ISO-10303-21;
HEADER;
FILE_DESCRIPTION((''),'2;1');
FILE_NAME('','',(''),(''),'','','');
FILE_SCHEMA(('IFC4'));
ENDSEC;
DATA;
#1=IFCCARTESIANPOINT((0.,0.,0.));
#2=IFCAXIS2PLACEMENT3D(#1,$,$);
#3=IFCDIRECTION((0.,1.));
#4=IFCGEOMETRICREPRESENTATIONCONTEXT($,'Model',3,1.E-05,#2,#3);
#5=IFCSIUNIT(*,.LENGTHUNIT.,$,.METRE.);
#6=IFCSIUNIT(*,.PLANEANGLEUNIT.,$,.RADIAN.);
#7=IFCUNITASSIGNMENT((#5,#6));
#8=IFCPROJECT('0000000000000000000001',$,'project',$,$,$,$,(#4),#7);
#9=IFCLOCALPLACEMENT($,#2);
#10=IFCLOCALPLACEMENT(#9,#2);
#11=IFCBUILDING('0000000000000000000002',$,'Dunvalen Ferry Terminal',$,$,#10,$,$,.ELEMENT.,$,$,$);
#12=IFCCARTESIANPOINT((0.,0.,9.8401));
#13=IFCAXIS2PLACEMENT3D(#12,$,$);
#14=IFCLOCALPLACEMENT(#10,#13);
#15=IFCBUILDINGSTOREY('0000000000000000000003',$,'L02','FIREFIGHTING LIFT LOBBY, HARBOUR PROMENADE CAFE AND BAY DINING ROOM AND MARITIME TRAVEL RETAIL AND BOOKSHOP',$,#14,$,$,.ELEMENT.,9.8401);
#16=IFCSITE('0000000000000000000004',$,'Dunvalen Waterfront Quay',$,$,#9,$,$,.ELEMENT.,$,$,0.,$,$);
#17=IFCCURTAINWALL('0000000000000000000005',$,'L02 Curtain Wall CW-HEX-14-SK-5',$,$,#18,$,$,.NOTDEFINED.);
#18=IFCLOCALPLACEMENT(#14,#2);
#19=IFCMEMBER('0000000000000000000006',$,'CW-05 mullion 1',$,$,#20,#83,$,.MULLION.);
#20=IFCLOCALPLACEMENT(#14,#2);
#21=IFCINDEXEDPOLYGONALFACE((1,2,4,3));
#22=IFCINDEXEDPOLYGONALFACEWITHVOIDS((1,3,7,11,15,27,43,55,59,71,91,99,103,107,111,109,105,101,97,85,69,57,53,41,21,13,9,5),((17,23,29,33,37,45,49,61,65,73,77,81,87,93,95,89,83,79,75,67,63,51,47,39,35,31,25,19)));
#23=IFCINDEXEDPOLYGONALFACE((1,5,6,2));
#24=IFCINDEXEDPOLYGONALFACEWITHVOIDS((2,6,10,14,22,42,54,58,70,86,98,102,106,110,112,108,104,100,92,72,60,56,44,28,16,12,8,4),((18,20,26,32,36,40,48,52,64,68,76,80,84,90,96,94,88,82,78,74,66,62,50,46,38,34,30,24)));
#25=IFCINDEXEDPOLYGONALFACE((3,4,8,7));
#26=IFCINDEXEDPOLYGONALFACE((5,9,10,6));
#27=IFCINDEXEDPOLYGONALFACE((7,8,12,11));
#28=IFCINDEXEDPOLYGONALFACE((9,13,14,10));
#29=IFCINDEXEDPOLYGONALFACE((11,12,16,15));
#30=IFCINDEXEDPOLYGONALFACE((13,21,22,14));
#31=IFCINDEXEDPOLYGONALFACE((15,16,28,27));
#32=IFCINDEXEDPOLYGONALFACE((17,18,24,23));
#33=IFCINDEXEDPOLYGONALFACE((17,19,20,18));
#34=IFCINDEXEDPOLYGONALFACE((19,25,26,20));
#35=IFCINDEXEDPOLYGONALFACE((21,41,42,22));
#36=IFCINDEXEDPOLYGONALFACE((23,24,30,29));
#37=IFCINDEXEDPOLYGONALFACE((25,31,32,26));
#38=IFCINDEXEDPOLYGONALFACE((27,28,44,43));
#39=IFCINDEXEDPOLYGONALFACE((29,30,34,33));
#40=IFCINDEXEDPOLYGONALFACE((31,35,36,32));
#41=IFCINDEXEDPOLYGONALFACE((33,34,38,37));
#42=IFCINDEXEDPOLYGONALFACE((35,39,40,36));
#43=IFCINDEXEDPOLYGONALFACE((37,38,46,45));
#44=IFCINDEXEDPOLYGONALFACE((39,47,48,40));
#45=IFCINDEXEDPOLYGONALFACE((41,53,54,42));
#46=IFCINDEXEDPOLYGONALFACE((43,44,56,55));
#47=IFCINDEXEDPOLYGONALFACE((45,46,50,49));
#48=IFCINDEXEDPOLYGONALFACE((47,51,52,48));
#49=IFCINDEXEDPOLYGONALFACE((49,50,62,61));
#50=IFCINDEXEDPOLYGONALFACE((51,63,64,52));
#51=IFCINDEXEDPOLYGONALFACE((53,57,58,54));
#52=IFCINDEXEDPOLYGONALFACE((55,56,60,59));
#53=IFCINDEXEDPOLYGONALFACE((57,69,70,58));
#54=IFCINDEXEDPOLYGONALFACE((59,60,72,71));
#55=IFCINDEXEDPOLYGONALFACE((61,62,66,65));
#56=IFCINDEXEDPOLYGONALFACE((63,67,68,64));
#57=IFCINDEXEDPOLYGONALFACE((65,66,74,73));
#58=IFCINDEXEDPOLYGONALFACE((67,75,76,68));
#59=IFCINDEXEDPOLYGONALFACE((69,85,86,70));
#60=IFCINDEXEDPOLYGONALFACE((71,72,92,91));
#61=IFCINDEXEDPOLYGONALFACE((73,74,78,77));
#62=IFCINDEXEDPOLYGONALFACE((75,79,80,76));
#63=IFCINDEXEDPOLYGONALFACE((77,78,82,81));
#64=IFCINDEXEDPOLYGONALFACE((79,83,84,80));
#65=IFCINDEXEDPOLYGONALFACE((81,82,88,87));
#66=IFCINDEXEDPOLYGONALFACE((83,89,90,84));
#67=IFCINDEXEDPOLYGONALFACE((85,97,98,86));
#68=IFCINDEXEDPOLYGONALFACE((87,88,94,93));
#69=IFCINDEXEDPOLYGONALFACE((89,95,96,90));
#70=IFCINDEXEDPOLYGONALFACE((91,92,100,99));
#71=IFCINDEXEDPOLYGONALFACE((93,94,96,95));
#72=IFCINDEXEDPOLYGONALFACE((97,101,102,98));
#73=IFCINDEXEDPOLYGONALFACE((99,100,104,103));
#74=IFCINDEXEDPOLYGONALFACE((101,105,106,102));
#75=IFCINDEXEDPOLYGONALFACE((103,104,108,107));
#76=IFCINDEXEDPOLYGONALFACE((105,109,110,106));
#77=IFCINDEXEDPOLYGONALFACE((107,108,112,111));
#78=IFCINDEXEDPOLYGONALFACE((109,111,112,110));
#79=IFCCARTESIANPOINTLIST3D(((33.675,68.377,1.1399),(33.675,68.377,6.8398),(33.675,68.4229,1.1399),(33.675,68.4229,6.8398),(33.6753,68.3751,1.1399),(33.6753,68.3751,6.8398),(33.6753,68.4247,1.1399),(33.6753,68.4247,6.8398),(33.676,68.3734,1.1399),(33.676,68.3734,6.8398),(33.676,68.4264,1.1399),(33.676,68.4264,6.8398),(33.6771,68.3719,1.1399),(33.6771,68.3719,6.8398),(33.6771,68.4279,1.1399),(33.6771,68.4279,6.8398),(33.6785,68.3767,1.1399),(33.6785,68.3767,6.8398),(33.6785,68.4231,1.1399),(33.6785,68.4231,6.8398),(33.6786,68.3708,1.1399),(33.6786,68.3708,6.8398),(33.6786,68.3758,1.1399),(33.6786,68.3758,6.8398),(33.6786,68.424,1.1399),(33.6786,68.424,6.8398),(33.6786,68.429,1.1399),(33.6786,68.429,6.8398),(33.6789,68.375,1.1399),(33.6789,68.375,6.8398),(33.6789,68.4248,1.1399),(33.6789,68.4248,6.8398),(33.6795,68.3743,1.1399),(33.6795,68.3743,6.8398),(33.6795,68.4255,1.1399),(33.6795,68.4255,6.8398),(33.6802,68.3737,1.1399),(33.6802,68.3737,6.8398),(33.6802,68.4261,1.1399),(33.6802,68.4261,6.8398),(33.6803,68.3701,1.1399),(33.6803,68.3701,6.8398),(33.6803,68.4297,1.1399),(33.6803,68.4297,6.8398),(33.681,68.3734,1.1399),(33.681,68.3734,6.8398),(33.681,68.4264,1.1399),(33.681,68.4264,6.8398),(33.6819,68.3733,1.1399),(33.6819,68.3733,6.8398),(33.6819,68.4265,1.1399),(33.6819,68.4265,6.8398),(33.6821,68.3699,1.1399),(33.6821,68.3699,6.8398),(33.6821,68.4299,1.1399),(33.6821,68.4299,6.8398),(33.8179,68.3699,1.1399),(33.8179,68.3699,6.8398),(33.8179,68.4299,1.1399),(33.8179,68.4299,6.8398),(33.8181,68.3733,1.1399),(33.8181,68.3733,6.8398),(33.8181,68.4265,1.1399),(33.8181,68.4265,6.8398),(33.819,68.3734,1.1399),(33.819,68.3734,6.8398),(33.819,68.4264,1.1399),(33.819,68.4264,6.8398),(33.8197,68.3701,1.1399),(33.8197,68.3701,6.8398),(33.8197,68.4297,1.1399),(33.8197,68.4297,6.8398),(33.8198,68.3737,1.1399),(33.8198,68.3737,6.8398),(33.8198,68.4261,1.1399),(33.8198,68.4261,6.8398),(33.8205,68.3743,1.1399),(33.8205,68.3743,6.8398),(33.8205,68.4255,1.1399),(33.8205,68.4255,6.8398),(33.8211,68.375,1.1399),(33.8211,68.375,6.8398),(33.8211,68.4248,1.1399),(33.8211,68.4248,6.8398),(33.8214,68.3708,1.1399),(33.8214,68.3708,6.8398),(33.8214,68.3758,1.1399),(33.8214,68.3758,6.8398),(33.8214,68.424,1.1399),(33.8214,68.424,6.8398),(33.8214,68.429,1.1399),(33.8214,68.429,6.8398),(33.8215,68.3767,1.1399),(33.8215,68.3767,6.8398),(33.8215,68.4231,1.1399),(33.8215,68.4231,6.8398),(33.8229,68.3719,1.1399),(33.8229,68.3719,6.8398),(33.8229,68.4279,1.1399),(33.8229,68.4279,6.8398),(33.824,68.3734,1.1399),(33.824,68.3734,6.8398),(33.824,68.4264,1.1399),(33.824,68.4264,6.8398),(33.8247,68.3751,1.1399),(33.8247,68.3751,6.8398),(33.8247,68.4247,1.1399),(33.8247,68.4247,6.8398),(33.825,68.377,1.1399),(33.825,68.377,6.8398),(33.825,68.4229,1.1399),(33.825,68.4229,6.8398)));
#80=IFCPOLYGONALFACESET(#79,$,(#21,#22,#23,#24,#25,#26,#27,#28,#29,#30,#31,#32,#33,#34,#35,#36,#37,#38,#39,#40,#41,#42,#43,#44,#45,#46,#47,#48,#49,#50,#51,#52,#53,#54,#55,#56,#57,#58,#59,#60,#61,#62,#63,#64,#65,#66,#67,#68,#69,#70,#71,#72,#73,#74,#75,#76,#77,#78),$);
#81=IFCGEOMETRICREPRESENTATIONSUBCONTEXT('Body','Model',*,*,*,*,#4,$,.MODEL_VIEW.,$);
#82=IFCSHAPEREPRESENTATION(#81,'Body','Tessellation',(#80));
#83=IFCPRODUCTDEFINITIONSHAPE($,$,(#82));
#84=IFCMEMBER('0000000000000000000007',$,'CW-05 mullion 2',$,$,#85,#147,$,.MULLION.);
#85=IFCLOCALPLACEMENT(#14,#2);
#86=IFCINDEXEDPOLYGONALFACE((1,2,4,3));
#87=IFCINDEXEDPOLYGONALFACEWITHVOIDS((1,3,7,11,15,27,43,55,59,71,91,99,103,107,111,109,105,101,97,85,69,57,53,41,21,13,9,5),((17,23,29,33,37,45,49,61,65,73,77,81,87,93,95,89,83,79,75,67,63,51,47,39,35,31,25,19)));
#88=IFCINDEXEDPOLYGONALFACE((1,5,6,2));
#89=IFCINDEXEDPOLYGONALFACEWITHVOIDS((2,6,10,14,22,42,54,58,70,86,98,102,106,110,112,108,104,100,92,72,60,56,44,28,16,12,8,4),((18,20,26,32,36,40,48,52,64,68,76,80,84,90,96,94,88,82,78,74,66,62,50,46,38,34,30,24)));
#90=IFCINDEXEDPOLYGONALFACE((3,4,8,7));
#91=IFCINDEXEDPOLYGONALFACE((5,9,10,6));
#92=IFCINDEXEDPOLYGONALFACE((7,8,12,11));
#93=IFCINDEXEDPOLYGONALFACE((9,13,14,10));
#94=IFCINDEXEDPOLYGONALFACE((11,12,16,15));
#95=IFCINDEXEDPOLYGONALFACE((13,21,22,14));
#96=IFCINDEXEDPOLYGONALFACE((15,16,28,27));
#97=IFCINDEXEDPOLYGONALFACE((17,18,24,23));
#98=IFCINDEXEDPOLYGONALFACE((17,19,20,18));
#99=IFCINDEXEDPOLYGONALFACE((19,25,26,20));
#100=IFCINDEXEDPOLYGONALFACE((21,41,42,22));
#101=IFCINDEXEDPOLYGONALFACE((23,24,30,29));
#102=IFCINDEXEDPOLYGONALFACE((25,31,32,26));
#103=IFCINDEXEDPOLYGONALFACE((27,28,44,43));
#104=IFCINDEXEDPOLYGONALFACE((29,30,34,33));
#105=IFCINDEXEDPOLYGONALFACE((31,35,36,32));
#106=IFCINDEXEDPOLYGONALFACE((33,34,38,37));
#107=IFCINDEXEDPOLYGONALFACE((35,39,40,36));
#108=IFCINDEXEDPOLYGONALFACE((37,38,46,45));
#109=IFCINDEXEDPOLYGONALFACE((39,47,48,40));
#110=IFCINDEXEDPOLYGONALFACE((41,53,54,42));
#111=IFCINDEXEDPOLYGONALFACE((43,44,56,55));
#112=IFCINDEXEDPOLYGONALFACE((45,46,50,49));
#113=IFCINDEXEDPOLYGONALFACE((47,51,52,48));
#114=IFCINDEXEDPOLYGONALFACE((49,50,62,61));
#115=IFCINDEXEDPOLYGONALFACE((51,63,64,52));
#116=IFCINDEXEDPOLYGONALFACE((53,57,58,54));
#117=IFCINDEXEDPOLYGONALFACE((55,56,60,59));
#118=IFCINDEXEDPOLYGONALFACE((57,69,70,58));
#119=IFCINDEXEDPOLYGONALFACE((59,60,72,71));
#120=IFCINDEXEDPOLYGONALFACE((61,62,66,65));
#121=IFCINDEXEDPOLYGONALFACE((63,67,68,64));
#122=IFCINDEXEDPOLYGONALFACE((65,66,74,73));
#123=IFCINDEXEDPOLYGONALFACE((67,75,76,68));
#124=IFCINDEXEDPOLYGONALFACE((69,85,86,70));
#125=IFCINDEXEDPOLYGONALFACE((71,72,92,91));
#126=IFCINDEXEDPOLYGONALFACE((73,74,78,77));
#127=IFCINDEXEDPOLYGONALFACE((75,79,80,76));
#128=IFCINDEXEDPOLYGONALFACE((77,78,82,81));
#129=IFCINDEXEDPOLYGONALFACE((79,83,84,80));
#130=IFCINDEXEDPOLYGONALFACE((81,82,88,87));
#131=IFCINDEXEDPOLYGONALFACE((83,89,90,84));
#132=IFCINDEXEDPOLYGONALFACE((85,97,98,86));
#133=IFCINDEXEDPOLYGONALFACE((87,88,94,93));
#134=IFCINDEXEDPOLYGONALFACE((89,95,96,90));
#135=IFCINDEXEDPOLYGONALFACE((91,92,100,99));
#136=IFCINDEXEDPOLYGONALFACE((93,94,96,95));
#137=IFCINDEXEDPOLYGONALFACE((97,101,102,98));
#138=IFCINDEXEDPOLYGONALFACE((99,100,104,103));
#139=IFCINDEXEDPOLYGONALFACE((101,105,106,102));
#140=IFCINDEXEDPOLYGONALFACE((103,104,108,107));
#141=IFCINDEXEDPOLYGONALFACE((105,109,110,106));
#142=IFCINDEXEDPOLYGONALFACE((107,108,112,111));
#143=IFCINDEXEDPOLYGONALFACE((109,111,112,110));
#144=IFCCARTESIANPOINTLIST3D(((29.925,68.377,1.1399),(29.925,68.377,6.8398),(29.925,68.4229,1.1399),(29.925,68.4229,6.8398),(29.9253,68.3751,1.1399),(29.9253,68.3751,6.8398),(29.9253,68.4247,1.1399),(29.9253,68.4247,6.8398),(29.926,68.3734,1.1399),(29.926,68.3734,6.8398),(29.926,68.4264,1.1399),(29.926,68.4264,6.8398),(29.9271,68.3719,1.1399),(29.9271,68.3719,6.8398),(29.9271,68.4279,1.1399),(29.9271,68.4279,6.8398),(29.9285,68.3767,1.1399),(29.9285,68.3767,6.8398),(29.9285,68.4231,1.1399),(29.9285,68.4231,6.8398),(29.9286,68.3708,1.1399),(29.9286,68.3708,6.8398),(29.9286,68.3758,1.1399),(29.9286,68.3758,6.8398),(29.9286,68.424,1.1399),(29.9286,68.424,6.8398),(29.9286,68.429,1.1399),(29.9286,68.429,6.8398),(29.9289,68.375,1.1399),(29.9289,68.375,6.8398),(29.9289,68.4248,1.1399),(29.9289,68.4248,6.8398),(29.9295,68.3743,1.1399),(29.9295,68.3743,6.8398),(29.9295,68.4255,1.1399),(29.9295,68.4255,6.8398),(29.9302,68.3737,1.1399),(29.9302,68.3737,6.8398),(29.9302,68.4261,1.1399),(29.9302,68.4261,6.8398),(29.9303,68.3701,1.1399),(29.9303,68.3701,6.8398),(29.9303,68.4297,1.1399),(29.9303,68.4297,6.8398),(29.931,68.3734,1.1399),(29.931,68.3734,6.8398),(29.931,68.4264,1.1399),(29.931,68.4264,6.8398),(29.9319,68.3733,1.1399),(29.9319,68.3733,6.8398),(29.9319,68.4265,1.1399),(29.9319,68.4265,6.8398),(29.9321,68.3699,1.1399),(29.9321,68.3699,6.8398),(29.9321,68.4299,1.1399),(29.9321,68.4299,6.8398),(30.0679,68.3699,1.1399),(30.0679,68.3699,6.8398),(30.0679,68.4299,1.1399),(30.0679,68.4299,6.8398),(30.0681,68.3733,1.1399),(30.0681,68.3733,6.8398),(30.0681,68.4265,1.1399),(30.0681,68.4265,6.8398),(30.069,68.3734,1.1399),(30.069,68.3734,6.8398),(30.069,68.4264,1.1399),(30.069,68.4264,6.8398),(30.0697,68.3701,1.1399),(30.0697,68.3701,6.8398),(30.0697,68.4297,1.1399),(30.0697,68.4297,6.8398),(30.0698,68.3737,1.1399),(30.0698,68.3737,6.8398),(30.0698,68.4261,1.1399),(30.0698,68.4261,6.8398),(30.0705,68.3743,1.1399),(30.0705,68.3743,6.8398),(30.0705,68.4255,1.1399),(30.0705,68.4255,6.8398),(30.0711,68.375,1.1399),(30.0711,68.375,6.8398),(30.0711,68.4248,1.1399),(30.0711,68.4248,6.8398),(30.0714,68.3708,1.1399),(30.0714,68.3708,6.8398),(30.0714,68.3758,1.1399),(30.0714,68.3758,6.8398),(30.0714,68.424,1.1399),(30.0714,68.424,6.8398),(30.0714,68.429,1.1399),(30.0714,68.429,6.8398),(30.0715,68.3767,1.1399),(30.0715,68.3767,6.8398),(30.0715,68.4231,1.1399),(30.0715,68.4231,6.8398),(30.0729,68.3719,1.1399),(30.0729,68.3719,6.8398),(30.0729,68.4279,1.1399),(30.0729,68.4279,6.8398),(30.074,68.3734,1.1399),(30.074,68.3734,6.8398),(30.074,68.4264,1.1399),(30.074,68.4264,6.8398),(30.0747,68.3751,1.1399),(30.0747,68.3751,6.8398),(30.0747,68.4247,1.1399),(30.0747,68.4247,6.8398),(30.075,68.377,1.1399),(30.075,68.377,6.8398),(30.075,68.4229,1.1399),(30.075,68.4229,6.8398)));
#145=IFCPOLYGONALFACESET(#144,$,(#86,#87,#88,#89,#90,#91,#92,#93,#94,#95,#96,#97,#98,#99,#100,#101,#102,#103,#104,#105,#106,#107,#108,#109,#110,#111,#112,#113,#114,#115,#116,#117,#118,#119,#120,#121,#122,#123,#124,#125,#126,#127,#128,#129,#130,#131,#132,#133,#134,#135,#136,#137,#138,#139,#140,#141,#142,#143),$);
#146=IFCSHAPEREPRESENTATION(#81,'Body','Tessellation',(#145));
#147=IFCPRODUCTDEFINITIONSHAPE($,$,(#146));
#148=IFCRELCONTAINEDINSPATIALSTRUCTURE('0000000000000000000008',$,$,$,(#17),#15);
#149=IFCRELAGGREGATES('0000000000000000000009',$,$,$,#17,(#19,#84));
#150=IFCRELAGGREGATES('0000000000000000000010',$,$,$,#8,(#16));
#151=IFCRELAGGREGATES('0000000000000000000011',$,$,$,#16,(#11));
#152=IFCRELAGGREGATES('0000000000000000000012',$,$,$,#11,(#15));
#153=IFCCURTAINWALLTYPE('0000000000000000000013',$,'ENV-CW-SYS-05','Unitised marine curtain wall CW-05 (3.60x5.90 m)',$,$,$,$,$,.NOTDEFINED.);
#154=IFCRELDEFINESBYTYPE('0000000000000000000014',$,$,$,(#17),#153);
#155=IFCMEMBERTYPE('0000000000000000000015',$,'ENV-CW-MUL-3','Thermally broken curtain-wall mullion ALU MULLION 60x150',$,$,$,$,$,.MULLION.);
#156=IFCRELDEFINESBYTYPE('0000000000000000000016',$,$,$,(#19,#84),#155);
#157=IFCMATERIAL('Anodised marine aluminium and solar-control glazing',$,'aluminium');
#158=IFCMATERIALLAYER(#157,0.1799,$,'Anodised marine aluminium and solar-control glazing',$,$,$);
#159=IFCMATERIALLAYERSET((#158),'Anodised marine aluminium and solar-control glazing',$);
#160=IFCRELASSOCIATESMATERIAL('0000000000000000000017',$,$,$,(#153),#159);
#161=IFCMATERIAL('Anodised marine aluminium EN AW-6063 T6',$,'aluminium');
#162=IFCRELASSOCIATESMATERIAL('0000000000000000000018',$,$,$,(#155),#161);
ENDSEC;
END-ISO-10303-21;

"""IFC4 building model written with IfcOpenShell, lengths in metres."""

from ifc_helpers import new_model, si_unit, direction, frame, origin, origin_2d, place, context, subcontext, project, spatial, hollow_rectangle, extrude, material, layer, layer_set, material_profile, profile_set, type_object, element, aggregate, save


model = new_model("IFC4")

# Units and contexts
model_context = context("Model", 3, precision=1e-05, world=origin(), true_north=direction((0.0, 1.0)))
body_context = subcontext(model_context, "Body", "Model", "MODEL_VIEW")
ifc_project = project(units=[si_unit("LENGTHUNIT", "METRE"), si_unit("PLANEANGLEUNIT", "RADIAN")], contexts=[model_context])

# Site, building, storey
site_placement = place(None, origin())
site = spatial("IfcSite", under=ifc_project, at=site_placement, Name="Dunvalen Waterfront Quay", CompositionType="ELEMENT", RefElevation=0.0)
building_placement = place(site_placement, origin())
building = spatial("IfcBuilding", under=site, at=building_placement, Name="Dunvalen Ferry Terminal", CompositionType="ELEMENT")
storey_placement = place(building_placement, frame((0.0, 0.0, 9.8401)))
storey = spatial("IfcBuildingStorey", under=building, at=storey_placement, Name="L02", Description="FIREFIGHTING LIFT LOBBY, HARBOUR PROMENADE CAFE AND BAY DINING ROOM AND MARITIME TRAVEL RETAIL AND BOOKSHOP", CompositionType="ELEMENT", Elevation=9.8401)

# Curtain wall, members
ifc_material_1 = material(Name="Anodised marine aluminium and solar-control glazing", Category="aluminium")
ifc_layer_1 = layer(ifc_material_1, 0.1799, Name="Anodised marine aluminium and solar-control glazing")
ifc_layer_set_1 = layer_set([ifc_layer_1], Name="Anodised marine aluminium and solar-control glazing")
curtain_wall_type_1 = type_object("IfcCurtainWallType", Name="ENV-CW-SYS-05", Description="Unitised marine curtain wall CW-05 (3.60x5.90 m)", PredefinedType="NOTDEFINED", material=ifc_layer_set_1)
curtain_wall_1_placement = place(storey_placement, origin())
curtain_wall_1 = element("IfcCurtainWall", 1, at=curtain_wall_1_placement, inside=storey, type_object=curtain_wall_type_1, Name="L02 Curtain Wall CW-HEX-14-SK-5", PredefinedType="NOTDEFINED")
ifc_material_2 = material(Name="Anodised marine aluminium EN AW-6063 T6", Category="aluminium")
ifc_material_profile_1 = material_profile(ifc_material_2, hollow_rectangle(XDim=0.0601, YDim=0.1499, WallThickness=0.0034, InnerFilletRadius=0.0034, OuterFilletRadius=0.0071, at=origin_2d()), Name="Anodised marine aluminium EN AW-6063 T6")
ifc_profile_set_1 = profile_set([ifc_material_profile_1], Name="Anodised marine aluminium EN AW-6063 T6")
member_type_1 = type_object("IfcMemberType", Name="ENV-CW-MUL-3", Description="Thermally broken curtain-wall mullion ALU MULLION 60x150", PredefinedType="MULLION", material=ifc_profile_set_1)
member_1_placement = place(storey_placement, frame((33.75, 68.3999, 1.1399), z_axis=(0.0, 0.0, 1.0), x_axis=(0.0, -1.0, 0.0)))
member_1 = element("IfcMember", 2, at=member_1_placement, type_object=member_type_1, Name="CW-05 mullion 1", PredefinedType="MULLION", context=body_context, shape_type="SweptSolid", body=[
    extrude(hollow_rectangle(XDim=0.0601, YDim=0.1499, WallThickness=0.0034, InnerFilletRadius=0.0034, OuterFilletRadius=0.0071, at=origin_2d()), origin(), (0.0, 0.0, 1.0), 5.7),
])
member_2_placement = place(storey_placement, frame((30.0, 68.3999, 1.1399), z_axis=(0.0, 0.0, 1.0), x_axis=(0.0, -1.0, 0.0)))
member_2 = element("IfcMember", 3, at=member_2_placement, type_object=member_type_1, Name="CW-05 mullion 2", PredefinedType="MULLION", context=body_context, shape_type="SweptSolid", body=[
    extrude(hollow_rectangle(XDim=0.0601, YDim=0.1499, WallThickness=0.0034, InnerFilletRadius=0.0034, OuterFilletRadius=0.0071, at=origin_2d()), origin(), (0.0, 0.0, 1.0), 5.7),
])

aggregate(curtain_wall_1, [member_1, member_2])

save(model, "model.ifc")
